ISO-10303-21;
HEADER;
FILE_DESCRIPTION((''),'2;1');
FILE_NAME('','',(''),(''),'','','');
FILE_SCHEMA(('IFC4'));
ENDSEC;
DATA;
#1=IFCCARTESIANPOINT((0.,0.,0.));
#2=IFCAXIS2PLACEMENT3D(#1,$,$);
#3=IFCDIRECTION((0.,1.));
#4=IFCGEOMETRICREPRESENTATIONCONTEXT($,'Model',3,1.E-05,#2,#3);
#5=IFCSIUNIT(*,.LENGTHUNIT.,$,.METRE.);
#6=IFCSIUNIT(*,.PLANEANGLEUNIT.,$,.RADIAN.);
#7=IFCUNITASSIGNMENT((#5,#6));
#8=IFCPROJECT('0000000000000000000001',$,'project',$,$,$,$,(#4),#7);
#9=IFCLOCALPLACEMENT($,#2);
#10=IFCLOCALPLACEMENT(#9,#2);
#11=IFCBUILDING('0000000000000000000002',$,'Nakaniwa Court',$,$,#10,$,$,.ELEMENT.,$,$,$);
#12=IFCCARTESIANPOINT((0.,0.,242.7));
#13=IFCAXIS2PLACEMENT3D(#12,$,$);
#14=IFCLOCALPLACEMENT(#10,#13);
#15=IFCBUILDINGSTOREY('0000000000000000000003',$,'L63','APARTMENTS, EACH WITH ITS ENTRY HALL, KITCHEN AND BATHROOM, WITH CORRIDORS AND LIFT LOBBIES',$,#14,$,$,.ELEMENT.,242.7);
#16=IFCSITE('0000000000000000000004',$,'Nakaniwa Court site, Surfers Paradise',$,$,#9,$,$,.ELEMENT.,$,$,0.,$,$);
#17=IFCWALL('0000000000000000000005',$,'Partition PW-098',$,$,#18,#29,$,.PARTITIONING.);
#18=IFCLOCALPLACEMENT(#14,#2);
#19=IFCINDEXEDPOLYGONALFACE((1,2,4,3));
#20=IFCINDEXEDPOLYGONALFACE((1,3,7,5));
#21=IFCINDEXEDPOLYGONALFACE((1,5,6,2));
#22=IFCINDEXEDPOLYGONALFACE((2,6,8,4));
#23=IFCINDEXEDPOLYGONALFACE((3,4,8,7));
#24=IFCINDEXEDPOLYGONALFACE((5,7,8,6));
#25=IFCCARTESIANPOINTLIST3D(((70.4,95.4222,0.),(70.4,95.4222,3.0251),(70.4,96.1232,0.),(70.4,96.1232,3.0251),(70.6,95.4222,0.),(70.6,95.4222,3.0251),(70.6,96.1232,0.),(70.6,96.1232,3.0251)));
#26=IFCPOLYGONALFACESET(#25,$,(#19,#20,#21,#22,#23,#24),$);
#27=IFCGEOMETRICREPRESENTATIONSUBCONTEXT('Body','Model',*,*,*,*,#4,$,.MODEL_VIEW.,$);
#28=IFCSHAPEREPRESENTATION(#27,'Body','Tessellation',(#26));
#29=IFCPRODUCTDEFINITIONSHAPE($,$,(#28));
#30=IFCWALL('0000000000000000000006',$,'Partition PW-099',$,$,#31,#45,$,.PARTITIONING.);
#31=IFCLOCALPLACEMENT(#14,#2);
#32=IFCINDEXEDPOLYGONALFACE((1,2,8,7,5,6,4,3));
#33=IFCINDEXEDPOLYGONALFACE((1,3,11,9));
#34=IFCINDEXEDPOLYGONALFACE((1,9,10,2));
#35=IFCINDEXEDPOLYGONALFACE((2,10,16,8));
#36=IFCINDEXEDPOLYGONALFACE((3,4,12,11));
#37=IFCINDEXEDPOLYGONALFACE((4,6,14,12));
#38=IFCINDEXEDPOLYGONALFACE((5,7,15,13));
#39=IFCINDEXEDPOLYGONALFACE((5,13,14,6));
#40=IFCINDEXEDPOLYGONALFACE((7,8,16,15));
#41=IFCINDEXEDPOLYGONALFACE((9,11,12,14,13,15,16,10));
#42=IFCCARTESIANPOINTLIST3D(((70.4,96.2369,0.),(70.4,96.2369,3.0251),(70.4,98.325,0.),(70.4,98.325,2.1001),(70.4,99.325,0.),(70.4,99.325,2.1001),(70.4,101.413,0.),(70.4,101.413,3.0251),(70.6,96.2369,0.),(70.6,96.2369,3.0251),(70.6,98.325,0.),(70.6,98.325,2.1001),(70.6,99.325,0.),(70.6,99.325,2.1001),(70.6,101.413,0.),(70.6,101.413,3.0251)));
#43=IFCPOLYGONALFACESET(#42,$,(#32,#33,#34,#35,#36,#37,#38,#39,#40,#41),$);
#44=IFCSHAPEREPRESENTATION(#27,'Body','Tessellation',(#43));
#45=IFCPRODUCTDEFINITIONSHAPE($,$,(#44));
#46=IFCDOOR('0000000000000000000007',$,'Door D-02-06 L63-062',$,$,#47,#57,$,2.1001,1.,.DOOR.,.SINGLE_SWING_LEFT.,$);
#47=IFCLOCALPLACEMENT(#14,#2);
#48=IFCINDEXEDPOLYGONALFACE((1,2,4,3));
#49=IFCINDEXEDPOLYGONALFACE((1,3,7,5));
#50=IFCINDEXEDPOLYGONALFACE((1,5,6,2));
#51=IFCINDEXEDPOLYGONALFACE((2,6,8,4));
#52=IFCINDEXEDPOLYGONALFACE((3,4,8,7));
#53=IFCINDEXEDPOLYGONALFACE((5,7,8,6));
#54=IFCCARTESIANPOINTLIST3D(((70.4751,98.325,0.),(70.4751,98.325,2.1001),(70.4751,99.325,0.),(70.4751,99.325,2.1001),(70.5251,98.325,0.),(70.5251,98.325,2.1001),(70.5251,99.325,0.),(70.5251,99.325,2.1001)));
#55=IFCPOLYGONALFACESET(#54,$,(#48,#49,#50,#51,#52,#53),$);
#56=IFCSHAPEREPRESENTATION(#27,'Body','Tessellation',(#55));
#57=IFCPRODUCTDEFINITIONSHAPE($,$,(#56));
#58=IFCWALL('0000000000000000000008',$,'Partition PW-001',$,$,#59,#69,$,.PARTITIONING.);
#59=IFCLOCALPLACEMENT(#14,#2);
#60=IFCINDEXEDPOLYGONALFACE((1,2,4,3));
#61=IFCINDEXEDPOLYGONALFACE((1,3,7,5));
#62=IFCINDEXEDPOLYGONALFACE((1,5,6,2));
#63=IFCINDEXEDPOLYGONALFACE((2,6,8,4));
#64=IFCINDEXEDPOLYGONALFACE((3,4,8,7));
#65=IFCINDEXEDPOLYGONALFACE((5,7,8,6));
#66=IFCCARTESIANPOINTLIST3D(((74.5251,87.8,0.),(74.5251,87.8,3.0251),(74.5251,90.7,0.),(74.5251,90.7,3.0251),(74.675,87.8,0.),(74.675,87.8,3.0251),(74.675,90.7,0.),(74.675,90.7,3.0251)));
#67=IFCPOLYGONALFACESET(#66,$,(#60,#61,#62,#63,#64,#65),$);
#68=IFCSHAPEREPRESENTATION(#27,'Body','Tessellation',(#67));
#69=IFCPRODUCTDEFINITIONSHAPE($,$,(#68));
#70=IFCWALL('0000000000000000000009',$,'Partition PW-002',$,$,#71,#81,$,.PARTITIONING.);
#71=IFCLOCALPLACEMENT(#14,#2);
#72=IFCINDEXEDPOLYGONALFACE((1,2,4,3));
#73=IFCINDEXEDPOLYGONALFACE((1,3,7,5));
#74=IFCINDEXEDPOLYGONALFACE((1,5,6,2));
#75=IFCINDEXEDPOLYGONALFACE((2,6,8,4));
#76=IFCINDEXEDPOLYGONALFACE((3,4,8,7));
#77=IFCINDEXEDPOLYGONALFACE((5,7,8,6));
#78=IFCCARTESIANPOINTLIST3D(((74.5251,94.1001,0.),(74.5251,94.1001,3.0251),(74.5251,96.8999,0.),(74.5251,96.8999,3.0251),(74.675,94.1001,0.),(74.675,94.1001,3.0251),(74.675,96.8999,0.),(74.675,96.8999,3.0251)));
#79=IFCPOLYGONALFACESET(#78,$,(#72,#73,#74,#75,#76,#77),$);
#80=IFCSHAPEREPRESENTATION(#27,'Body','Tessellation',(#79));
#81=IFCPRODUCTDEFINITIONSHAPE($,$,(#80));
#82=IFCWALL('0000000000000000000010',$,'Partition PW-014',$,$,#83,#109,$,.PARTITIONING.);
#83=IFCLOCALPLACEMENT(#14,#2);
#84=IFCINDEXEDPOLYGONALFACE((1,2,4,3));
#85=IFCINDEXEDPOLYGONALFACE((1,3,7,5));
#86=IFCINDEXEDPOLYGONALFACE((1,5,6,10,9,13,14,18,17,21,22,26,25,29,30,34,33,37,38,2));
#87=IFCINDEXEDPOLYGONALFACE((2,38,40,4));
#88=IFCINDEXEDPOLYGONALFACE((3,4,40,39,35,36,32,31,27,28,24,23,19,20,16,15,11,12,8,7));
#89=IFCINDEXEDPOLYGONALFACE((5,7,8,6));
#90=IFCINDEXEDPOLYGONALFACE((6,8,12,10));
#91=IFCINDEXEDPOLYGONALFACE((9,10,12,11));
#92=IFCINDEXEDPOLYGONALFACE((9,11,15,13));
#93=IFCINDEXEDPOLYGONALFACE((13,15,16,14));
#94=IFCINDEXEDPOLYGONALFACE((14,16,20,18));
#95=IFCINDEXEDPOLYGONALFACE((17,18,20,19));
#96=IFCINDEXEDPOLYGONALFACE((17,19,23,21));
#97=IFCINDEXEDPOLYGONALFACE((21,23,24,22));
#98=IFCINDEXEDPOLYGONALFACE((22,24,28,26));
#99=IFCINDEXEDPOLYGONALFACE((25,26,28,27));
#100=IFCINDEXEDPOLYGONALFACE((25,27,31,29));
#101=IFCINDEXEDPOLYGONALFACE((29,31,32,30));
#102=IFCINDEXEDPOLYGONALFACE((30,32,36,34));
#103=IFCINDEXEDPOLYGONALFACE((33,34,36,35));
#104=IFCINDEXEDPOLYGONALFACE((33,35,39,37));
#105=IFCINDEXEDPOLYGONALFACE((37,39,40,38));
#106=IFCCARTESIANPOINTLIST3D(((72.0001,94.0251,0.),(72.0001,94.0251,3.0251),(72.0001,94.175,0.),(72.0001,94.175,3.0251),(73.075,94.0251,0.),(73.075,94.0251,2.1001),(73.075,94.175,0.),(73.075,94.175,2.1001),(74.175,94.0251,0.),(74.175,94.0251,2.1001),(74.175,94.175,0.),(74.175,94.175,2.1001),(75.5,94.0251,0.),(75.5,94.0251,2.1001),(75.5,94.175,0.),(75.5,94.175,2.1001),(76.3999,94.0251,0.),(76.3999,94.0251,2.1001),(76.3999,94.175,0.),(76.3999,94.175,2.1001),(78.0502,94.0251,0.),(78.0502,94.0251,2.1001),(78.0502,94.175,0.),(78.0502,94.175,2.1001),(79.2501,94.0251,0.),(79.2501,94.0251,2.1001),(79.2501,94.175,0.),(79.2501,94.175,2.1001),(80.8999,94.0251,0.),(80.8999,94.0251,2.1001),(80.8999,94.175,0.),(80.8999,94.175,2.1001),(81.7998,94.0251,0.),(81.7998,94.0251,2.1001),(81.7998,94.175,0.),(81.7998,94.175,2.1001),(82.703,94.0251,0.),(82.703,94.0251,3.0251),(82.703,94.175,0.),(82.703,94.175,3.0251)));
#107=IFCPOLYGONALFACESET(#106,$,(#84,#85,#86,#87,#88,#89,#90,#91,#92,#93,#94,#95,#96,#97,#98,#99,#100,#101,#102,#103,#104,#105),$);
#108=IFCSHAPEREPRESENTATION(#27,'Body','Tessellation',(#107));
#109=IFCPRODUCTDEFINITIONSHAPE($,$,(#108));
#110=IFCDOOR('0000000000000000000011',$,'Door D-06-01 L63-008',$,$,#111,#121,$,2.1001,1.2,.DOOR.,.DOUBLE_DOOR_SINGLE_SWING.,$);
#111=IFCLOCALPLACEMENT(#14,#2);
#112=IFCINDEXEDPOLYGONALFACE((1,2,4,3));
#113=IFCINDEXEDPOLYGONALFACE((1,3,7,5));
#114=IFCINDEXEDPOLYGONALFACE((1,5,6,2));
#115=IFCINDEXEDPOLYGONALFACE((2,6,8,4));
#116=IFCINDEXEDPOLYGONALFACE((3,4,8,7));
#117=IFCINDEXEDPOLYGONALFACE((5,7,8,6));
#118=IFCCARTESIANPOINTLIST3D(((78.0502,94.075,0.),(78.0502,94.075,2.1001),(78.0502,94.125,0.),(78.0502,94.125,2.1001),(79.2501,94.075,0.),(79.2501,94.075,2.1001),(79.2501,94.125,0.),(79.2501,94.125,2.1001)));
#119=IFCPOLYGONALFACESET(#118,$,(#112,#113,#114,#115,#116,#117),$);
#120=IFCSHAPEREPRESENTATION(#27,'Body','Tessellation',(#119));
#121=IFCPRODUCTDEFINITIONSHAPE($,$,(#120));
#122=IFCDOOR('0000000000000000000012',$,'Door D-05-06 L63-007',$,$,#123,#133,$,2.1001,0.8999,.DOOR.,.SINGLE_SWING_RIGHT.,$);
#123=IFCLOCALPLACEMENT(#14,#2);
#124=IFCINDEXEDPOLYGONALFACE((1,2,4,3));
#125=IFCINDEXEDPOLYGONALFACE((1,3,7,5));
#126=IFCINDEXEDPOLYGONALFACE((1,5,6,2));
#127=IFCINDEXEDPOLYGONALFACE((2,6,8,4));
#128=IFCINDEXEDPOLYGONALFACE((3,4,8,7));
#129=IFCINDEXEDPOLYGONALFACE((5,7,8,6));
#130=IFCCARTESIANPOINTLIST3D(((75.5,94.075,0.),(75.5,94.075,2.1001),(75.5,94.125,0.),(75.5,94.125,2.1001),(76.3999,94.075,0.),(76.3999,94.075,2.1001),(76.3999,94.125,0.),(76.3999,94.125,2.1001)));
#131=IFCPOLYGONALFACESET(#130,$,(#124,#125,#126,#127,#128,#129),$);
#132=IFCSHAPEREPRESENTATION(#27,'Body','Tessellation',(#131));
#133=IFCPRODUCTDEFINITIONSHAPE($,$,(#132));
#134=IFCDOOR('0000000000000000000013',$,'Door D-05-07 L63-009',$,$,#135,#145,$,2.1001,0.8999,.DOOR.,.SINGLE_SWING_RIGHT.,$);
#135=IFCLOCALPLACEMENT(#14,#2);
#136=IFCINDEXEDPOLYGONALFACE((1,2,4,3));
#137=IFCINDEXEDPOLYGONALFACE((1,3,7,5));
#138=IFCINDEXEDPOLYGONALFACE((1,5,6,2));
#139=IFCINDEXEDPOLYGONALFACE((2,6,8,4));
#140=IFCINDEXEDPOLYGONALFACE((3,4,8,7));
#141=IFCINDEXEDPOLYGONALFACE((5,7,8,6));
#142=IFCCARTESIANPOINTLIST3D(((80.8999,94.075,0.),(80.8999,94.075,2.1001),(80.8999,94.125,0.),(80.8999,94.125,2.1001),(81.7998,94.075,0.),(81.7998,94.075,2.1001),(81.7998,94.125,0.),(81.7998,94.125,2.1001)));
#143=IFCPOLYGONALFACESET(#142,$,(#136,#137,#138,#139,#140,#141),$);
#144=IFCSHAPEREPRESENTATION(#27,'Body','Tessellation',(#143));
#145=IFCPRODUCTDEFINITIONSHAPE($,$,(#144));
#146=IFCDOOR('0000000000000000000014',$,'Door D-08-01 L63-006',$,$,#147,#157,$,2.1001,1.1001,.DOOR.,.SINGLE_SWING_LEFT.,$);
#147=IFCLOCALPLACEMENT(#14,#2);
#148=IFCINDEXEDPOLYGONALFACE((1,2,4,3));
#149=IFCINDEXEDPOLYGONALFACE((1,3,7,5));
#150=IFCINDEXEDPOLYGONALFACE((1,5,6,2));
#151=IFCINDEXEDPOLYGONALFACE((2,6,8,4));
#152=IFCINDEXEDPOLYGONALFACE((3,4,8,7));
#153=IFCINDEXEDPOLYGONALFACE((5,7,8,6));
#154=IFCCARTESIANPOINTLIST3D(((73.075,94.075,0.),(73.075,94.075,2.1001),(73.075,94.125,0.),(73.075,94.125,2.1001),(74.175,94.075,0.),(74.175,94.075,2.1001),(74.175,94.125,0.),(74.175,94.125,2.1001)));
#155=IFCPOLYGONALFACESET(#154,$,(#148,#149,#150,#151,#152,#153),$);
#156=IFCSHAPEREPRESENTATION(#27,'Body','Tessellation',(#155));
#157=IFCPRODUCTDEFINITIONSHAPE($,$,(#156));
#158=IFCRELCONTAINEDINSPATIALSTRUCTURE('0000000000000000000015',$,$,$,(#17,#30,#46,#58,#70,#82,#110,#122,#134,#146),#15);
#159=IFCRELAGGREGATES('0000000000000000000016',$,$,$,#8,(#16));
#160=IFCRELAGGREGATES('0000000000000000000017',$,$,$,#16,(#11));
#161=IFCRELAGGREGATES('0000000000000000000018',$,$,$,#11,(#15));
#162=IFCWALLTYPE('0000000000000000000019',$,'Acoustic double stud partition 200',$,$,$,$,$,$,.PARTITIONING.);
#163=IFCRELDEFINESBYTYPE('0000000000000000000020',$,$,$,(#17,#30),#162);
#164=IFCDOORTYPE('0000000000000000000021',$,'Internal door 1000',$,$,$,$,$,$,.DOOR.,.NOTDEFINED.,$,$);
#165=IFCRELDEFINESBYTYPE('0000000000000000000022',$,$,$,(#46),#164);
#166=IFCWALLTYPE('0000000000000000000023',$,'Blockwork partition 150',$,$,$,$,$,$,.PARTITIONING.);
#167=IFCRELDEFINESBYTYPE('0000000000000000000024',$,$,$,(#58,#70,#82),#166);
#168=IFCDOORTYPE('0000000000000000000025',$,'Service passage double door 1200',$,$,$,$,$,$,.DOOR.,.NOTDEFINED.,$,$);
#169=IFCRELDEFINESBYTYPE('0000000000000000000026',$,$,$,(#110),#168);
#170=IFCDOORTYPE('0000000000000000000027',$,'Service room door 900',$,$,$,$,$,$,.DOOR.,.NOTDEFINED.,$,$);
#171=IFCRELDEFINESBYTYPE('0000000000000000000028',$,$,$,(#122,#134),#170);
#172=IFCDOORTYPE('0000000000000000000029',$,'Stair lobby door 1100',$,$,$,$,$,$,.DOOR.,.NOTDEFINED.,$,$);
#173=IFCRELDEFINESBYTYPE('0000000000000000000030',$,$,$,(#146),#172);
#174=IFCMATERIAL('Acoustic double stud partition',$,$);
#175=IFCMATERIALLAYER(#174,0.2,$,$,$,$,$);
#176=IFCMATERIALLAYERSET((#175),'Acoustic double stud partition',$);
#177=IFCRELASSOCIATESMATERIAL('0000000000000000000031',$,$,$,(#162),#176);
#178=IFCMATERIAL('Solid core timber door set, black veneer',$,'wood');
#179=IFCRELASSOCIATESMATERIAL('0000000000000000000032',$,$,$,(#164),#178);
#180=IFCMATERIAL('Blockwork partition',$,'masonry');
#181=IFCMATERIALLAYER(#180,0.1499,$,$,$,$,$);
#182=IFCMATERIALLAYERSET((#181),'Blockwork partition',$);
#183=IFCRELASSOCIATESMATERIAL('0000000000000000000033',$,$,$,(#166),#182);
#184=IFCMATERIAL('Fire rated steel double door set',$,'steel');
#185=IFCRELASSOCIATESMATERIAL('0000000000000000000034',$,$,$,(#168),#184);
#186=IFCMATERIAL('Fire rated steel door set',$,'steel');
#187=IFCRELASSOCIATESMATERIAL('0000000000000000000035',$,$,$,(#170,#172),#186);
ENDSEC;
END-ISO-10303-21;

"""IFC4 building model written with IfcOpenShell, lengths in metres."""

from ifc_helpers import new_model, si_unit, direction, frame, frame_2d, origin, place, context, subcontext, project, spatial, rectangle, extrude, material, layer, layer_set, type_object, element, fill, save


model = new_model("IFC4")

# Units and contexts
model_context = context("Model", 3, precision=1e-05, world=origin(), true_north=direction((0.0, 1.0)))
body_context = subcontext(model_context, "Body", "Model", "MODEL_VIEW")
ifc_project = project(units=[si_unit("LENGTHUNIT", "METRE"), si_unit("PLANEANGLEUNIT", "RADIAN")], contexts=[model_context])

# Site, building, storey
site_placement = place(None, origin())
site = spatial("IfcSite", under=ifc_project, at=site_placement, Name="Nakaniwa Court site, Surfers Paradise", CompositionType="ELEMENT", RefElevation=0.0)
building_placement = place(site_placement, origin())
building = spatial("IfcBuilding", under=site, at=building_placement, Name="Nakaniwa Court", CompositionType="ELEMENT")
storey_placement = place(building_placement, frame((0.0, 0.0, 242.7)))
storey = spatial("IfcBuildingStorey", under=building, at=storey_placement, Name="L63", Description="APARTMENTS, EACH WITH ITS ENTRY HALL, KITCHEN AND BATHROOM, WITH CORRIDORS AND LIFT LOBBIES", CompositionType="ELEMENT", Elevation=242.7)

# Shared definitions
ifc_material_1 = material(Name="Acoustic double stud partition")
ifc_layer_1 = layer(ifc_material_1, 0.2)
ifc_layer_set_1 = layer_set([ifc_layer_1], Name="Acoustic double stud partition")
wall_type_1 = type_object("IfcWallType", Name="Acoustic double stud partition 200", PredefinedType="PARTITIONING", material=ifc_layer_set_1)
ifc_material_2 = material(Name="Solid core timber door set, black veneer", Category="wood")

# Wall
wall_1_placement = place(storey_placement, frame((70.5, 95.4221, 0.0), z_axis=(0.0, 0.0, 1.0), x_axis=(0.0, 1.0, 0.0)))
element("IfcWall", 1, at=wall_1_placement, inside=storey, type_object=wall_type_1, Name="Partition PW-098", PredefinedType="PARTITIONING", context=body_context, shape_type="SweptSolid", body=[
    extrude(rectangle(XDim=0.7009, YDim=0.2, at=frame_2d((0.3506, 0.0))), origin(), (0.0, 0.0, 1.0), 3.0251),
])

# Wall, opening, door
wall_2_placement = place(storey_placement, frame((70.5, 96.2371, 0.0), z_axis=(0.0, 0.0, 1.0), x_axis=(0.0, 1.0, 0.0)))
wall_2 = element("IfcWall", 2, at=wall_2_placement, inside=storey, type_object=wall_type_1, Name="Partition PW-099", PredefinedType="PARTITIONING", context=body_context, shape_type="SweptSolid", body=[
    extrude(rectangle(XDim=5.176, YDim=0.2, at=frame_2d((2.5879, 0.0))), origin(), (0.0, 0.0, 1.0), 3.0251),
])
opening_1_placement = place(wall_2_placement, frame((2.0879, 0.0, 0.0)))
opening_1 = element("IfcOpeningElement", 3, at=opening_1_placement, cuts=wall_2, PredefinedType="OPENING", context=body_context, shape_type="SweptSolid", body=[
    extrude(rectangle(XDim=1.0, YDim=2.1001, at=frame_2d((0.5, 1.05))), frame((0.0, 0.1099, 0.0), z_axis=(0.0, -1.0, 0.0), x_axis=(1.0, 0.0, 0.0)), (0.0, 0.0, 1.0), 0.22),
])
door_type_1 = type_object("IfcDoorType", Name="Internal door 1000", OperationType="NOTDEFINED", PredefinedType="DOOR", material=ifc_material_2)
door_1_placement = place(opening_1_placement, origin())
door_1 = element("IfcDoor", 4, at=door_1_placement, inside=storey, type_object=door_type_1, Name="Door D-02-06 L63-062", OperationType="SINGLE_SWING_LEFT", OverallHeight=2.1001, OverallWidth=1.0, PredefinedType="DOOR", context=body_context, shape_type="SweptSolid", body=[
    extrude(rectangle(XDim=1.0, YDim=2.1001, at=frame_2d((0.5, 1.05))), frame((0.0, 0.0249, 0.0), z_axis=(0.0, -1.0, 0.0), x_axis=(1.0, 0.0, 0.0)), (0.0, 0.0, 1.0), 0.05),
])
fill(opening_1, door_1)

# Walls
ifc_material_3 = material(Name="Blockwork partition", Category="masonry")
ifc_layer_2 = layer(ifc_material_3, 0.1499)
ifc_layer_set_2 = layer_set([ifc_layer_2], Name="Blockwork partition")
wall_type_2 = type_object("IfcWallType", Name="Blockwork partition 150", PredefinedType="PARTITIONING", material=ifc_layer_set_2)
wall_3_placement = place(storey_placement, frame((74.6001, 87.8, 0.0), z_axis=(0.0, 0.0, 1.0), x_axis=(0.0, 1.0, 0.0)))
element("IfcWall", 5, at=wall_3_placement, inside=storey, type_object=wall_type_2, Name="Partition PW-001", PredefinedType="PARTITIONING", context=body_context, shape_type="SweptSolid", body=[
    extrude(rectangle(XDim=2.8999, YDim=0.1499, at=frame_2d((1.45, 0.0))), origin(), (0.0, 0.0, 1.0), 3.0251),
])
wall_4_placement = place(storey_placement, frame((74.6001, 94.1001, 0.0), z_axis=(0.0, 0.0, 1.0), x_axis=(0.0, 1.0, 0.0)))
element("IfcWall", 6, at=wall_4_placement, inside=storey, type_object=wall_type_2, Name="Partition PW-002", PredefinedType="PARTITIONING", context=body_context, shape_type="SweptSolid", body=[
    extrude(rectangle(XDim=2.7998, YDim=0.1499, at=frame_2d((1.3999, 0.0))), origin(), (0.0, 0.0, 1.0), 3.0251),
])

# Wall, openings, doors
wall_5_placement = place(storey_placement, frame((72.0, 94.1001, 0.0), z_axis=(0.0, 0.0, 1.0), x_axis=(1.0, 0.0, 0.0)))
wall_5 = element("IfcWall", 7, at=wall_5_placement, inside=storey, type_object=wall_type_2, Name="Partition PW-014", PredefinedType="PARTITIONING", context=body_context, shape_type="SweptSolid", body=[
    extrude(rectangle(XDim=10.7029, YDim=0.1499, at=frame_2d((5.3516, 0.0))), origin(), (0.0, 0.0, 1.0), 3.0251),
])
opening_2_placement = place(wall_5_placement, frame((1.075, 0.0, 0.0)))
opening_2 = element("IfcOpeningElement", 8, at=opening_2_placement, cuts=wall_5, PredefinedType="OPENING", context=body_context, shape_type="SweptSolid", body=[
    extrude(rectangle(XDim=1.1001, YDim=2.1001, at=frame_2d((0.55, 1.05))), frame((0.0, 0.085, 0.0), z_axis=(0.0, -1.0, 0.0), x_axis=(1.0, 0.0, 0.0)), (0.0, 0.0, 1.0), 0.1699),
])
opening_3_placement = place(wall_5_placement, frame((3.5, 0.0, 0.0)))
opening_3 = element("IfcOpeningElement", 9, at=opening_3_placement, cuts=wall_5, PredefinedType="OPENING", context=body_context, shape_type="SweptSolid", body=[
    extrude(rectangle(XDim=0.8999, YDim=2.1001, at=frame_2d((0.45, 1.05))), frame((0.0, 0.085, 0.0), z_axis=(0.0, -1.0, 0.0), x_axis=(1.0, 0.0, 0.0)), (0.0, 0.0, 1.0), 0.1699),
])
opening_4_placement = place(wall_5_placement, frame((6.05, 0.0, 0.0)))
opening_4 = element("IfcOpeningElement", 10, at=opening_4_placement, cuts=wall_5, PredefinedType="OPENING", context=body_context, shape_type="SweptSolid", body=[
    extrude(rectangle(XDim=1.2, YDim=2.1001, at=frame_2d((0.6001, 1.05))), frame((0.0, 0.085, 0.0), z_axis=(0.0, -1.0, 0.0), x_axis=(1.0, 0.0, 0.0)), (0.0, 0.0, 1.0), 0.1699),
])
opening_5_placement = place(wall_5_placement, frame((8.8999, 0.0, 0.0)))
opening_5 = element("IfcOpeningElement", 11, at=opening_5_placement, cuts=wall_5, PredefinedType="OPENING", context=body_context, shape_type="SweptSolid", body=[
    extrude(rectangle(XDim=0.8999, YDim=2.1001, at=frame_2d((0.45, 1.05))), frame((0.0, 0.085, 0.0), z_axis=(0.0, -1.0, 0.0), x_axis=(1.0, 0.0, 0.0)), (0.0, 0.0, 1.0), 0.1699),
])
ifc_material_4 = material(Name="Fire rated steel double door set", Category="steel")
door_type_2 = type_object("IfcDoorType", Name="Service passage double door 1200", OperationType="NOTDEFINED", PredefinedType="DOOR", material=ifc_material_4)
door_2_placement = place(opening_4_placement, origin())
door_2 = element("IfcDoor", 12, at=door_2_placement, inside=storey, type_object=door_type_2, Name="Door D-06-01 L63-008", OperationType="DOUBLE_DOOR_SINGLE_SWING", OverallHeight=2.1001, OverallWidth=1.2, PredefinedType="DOOR", context=body_context, shape_type="SweptSolid", body=[
    extrude(rectangle(XDim=1.2, YDim=2.1001, at=frame_2d((0.6001, 1.05))), frame((0.0, 0.0249, 0.0), z_axis=(0.0, -1.0, 0.0), x_axis=(1.0, 0.0, 0.0)), (0.0, 0.0, 1.0), 0.05),
])
fill(opening_4, door_2)
ifc_material_5 = material(Name="Fire rated steel door set", Category="steel")
door_type_3 = type_object("IfcDoorType", Name="Service room door 900", OperationType="NOTDEFINED", PredefinedType="DOOR", material=ifc_material_5)
door_3_placement = place(opening_3_placement, origin())
door_3 = element("IfcDoor", 13, at=door_3_placement, inside=storey, type_object=door_type_3, Name="Door D-05-06 L63-007", OperationType="SINGLE_SWING_RIGHT", OverallHeight=2.1001, OverallWidth=0.8999, PredefinedType="DOOR", context=body_context, shape_type="SweptSolid", body=[
    extrude(rectangle(XDim=0.8999, YDim=2.1001, at=frame_2d((0.45, 1.05))), frame((0.0, 0.0249, 0.0), z_axis=(0.0, -1.0, 0.0), x_axis=(1.0, 0.0, 0.0)), (0.0, 0.0, 1.0), 0.05),
])
fill(opening_3, door_3)
door_4_placement = place(opening_5_placement, origin())
door_4 = element("IfcDoor", 14, at=door_4_placement, inside=storey, type_object=door_type_3, Name="Door D-05-07 L63-009", OperationType="SINGLE_SWING_RIGHT", OverallHeight=2.1001, OverallWidth=0.8999, PredefinedType="DOOR", context=body_context, shape_type="SweptSolid", body=[
    extrude(rectangle(XDim=0.8999, YDim=2.1001, at=frame_2d((0.45, 1.05))), frame((0.0, 0.0249, 0.0), z_axis=(0.0, -1.0, 0.0), x_axis=(1.0, 0.0, 0.0)), (0.0, 0.0, 1.0), 0.05),
])
fill(opening_5, door_4)
door_type_4 = type_object("IfcDoorType", Name="Stair lobby door 1100", OperationType="NOTDEFINED", PredefinedType="DOOR", material=ifc_material_5)
door_5_placement = place(opening_2_placement, origin())
door_5 = element("IfcDoor", 15, at=door_5_placement, inside=storey, type_object=door_type_4, Name="Door D-08-01 L63-006", OperationType="SINGLE_SWING_LEFT", OverallHeight=2.1001, OverallWidth=1.1001, PredefinedType="DOOR", context=body_context, shape_type="SweptSolid", body=[
    extrude(rectangle(XDim=1.1001, YDim=2.1001, at=frame_2d((0.55, 1.05))), frame((0.0, 0.0249, 0.0), z_axis=(0.0, -1.0, 0.0), x_axis=(1.0, 0.0, 0.0)), (0.0, 0.0, 1.0), 0.05),
])
fill(opening_2, door_5)

save(model, "model.ifc")
